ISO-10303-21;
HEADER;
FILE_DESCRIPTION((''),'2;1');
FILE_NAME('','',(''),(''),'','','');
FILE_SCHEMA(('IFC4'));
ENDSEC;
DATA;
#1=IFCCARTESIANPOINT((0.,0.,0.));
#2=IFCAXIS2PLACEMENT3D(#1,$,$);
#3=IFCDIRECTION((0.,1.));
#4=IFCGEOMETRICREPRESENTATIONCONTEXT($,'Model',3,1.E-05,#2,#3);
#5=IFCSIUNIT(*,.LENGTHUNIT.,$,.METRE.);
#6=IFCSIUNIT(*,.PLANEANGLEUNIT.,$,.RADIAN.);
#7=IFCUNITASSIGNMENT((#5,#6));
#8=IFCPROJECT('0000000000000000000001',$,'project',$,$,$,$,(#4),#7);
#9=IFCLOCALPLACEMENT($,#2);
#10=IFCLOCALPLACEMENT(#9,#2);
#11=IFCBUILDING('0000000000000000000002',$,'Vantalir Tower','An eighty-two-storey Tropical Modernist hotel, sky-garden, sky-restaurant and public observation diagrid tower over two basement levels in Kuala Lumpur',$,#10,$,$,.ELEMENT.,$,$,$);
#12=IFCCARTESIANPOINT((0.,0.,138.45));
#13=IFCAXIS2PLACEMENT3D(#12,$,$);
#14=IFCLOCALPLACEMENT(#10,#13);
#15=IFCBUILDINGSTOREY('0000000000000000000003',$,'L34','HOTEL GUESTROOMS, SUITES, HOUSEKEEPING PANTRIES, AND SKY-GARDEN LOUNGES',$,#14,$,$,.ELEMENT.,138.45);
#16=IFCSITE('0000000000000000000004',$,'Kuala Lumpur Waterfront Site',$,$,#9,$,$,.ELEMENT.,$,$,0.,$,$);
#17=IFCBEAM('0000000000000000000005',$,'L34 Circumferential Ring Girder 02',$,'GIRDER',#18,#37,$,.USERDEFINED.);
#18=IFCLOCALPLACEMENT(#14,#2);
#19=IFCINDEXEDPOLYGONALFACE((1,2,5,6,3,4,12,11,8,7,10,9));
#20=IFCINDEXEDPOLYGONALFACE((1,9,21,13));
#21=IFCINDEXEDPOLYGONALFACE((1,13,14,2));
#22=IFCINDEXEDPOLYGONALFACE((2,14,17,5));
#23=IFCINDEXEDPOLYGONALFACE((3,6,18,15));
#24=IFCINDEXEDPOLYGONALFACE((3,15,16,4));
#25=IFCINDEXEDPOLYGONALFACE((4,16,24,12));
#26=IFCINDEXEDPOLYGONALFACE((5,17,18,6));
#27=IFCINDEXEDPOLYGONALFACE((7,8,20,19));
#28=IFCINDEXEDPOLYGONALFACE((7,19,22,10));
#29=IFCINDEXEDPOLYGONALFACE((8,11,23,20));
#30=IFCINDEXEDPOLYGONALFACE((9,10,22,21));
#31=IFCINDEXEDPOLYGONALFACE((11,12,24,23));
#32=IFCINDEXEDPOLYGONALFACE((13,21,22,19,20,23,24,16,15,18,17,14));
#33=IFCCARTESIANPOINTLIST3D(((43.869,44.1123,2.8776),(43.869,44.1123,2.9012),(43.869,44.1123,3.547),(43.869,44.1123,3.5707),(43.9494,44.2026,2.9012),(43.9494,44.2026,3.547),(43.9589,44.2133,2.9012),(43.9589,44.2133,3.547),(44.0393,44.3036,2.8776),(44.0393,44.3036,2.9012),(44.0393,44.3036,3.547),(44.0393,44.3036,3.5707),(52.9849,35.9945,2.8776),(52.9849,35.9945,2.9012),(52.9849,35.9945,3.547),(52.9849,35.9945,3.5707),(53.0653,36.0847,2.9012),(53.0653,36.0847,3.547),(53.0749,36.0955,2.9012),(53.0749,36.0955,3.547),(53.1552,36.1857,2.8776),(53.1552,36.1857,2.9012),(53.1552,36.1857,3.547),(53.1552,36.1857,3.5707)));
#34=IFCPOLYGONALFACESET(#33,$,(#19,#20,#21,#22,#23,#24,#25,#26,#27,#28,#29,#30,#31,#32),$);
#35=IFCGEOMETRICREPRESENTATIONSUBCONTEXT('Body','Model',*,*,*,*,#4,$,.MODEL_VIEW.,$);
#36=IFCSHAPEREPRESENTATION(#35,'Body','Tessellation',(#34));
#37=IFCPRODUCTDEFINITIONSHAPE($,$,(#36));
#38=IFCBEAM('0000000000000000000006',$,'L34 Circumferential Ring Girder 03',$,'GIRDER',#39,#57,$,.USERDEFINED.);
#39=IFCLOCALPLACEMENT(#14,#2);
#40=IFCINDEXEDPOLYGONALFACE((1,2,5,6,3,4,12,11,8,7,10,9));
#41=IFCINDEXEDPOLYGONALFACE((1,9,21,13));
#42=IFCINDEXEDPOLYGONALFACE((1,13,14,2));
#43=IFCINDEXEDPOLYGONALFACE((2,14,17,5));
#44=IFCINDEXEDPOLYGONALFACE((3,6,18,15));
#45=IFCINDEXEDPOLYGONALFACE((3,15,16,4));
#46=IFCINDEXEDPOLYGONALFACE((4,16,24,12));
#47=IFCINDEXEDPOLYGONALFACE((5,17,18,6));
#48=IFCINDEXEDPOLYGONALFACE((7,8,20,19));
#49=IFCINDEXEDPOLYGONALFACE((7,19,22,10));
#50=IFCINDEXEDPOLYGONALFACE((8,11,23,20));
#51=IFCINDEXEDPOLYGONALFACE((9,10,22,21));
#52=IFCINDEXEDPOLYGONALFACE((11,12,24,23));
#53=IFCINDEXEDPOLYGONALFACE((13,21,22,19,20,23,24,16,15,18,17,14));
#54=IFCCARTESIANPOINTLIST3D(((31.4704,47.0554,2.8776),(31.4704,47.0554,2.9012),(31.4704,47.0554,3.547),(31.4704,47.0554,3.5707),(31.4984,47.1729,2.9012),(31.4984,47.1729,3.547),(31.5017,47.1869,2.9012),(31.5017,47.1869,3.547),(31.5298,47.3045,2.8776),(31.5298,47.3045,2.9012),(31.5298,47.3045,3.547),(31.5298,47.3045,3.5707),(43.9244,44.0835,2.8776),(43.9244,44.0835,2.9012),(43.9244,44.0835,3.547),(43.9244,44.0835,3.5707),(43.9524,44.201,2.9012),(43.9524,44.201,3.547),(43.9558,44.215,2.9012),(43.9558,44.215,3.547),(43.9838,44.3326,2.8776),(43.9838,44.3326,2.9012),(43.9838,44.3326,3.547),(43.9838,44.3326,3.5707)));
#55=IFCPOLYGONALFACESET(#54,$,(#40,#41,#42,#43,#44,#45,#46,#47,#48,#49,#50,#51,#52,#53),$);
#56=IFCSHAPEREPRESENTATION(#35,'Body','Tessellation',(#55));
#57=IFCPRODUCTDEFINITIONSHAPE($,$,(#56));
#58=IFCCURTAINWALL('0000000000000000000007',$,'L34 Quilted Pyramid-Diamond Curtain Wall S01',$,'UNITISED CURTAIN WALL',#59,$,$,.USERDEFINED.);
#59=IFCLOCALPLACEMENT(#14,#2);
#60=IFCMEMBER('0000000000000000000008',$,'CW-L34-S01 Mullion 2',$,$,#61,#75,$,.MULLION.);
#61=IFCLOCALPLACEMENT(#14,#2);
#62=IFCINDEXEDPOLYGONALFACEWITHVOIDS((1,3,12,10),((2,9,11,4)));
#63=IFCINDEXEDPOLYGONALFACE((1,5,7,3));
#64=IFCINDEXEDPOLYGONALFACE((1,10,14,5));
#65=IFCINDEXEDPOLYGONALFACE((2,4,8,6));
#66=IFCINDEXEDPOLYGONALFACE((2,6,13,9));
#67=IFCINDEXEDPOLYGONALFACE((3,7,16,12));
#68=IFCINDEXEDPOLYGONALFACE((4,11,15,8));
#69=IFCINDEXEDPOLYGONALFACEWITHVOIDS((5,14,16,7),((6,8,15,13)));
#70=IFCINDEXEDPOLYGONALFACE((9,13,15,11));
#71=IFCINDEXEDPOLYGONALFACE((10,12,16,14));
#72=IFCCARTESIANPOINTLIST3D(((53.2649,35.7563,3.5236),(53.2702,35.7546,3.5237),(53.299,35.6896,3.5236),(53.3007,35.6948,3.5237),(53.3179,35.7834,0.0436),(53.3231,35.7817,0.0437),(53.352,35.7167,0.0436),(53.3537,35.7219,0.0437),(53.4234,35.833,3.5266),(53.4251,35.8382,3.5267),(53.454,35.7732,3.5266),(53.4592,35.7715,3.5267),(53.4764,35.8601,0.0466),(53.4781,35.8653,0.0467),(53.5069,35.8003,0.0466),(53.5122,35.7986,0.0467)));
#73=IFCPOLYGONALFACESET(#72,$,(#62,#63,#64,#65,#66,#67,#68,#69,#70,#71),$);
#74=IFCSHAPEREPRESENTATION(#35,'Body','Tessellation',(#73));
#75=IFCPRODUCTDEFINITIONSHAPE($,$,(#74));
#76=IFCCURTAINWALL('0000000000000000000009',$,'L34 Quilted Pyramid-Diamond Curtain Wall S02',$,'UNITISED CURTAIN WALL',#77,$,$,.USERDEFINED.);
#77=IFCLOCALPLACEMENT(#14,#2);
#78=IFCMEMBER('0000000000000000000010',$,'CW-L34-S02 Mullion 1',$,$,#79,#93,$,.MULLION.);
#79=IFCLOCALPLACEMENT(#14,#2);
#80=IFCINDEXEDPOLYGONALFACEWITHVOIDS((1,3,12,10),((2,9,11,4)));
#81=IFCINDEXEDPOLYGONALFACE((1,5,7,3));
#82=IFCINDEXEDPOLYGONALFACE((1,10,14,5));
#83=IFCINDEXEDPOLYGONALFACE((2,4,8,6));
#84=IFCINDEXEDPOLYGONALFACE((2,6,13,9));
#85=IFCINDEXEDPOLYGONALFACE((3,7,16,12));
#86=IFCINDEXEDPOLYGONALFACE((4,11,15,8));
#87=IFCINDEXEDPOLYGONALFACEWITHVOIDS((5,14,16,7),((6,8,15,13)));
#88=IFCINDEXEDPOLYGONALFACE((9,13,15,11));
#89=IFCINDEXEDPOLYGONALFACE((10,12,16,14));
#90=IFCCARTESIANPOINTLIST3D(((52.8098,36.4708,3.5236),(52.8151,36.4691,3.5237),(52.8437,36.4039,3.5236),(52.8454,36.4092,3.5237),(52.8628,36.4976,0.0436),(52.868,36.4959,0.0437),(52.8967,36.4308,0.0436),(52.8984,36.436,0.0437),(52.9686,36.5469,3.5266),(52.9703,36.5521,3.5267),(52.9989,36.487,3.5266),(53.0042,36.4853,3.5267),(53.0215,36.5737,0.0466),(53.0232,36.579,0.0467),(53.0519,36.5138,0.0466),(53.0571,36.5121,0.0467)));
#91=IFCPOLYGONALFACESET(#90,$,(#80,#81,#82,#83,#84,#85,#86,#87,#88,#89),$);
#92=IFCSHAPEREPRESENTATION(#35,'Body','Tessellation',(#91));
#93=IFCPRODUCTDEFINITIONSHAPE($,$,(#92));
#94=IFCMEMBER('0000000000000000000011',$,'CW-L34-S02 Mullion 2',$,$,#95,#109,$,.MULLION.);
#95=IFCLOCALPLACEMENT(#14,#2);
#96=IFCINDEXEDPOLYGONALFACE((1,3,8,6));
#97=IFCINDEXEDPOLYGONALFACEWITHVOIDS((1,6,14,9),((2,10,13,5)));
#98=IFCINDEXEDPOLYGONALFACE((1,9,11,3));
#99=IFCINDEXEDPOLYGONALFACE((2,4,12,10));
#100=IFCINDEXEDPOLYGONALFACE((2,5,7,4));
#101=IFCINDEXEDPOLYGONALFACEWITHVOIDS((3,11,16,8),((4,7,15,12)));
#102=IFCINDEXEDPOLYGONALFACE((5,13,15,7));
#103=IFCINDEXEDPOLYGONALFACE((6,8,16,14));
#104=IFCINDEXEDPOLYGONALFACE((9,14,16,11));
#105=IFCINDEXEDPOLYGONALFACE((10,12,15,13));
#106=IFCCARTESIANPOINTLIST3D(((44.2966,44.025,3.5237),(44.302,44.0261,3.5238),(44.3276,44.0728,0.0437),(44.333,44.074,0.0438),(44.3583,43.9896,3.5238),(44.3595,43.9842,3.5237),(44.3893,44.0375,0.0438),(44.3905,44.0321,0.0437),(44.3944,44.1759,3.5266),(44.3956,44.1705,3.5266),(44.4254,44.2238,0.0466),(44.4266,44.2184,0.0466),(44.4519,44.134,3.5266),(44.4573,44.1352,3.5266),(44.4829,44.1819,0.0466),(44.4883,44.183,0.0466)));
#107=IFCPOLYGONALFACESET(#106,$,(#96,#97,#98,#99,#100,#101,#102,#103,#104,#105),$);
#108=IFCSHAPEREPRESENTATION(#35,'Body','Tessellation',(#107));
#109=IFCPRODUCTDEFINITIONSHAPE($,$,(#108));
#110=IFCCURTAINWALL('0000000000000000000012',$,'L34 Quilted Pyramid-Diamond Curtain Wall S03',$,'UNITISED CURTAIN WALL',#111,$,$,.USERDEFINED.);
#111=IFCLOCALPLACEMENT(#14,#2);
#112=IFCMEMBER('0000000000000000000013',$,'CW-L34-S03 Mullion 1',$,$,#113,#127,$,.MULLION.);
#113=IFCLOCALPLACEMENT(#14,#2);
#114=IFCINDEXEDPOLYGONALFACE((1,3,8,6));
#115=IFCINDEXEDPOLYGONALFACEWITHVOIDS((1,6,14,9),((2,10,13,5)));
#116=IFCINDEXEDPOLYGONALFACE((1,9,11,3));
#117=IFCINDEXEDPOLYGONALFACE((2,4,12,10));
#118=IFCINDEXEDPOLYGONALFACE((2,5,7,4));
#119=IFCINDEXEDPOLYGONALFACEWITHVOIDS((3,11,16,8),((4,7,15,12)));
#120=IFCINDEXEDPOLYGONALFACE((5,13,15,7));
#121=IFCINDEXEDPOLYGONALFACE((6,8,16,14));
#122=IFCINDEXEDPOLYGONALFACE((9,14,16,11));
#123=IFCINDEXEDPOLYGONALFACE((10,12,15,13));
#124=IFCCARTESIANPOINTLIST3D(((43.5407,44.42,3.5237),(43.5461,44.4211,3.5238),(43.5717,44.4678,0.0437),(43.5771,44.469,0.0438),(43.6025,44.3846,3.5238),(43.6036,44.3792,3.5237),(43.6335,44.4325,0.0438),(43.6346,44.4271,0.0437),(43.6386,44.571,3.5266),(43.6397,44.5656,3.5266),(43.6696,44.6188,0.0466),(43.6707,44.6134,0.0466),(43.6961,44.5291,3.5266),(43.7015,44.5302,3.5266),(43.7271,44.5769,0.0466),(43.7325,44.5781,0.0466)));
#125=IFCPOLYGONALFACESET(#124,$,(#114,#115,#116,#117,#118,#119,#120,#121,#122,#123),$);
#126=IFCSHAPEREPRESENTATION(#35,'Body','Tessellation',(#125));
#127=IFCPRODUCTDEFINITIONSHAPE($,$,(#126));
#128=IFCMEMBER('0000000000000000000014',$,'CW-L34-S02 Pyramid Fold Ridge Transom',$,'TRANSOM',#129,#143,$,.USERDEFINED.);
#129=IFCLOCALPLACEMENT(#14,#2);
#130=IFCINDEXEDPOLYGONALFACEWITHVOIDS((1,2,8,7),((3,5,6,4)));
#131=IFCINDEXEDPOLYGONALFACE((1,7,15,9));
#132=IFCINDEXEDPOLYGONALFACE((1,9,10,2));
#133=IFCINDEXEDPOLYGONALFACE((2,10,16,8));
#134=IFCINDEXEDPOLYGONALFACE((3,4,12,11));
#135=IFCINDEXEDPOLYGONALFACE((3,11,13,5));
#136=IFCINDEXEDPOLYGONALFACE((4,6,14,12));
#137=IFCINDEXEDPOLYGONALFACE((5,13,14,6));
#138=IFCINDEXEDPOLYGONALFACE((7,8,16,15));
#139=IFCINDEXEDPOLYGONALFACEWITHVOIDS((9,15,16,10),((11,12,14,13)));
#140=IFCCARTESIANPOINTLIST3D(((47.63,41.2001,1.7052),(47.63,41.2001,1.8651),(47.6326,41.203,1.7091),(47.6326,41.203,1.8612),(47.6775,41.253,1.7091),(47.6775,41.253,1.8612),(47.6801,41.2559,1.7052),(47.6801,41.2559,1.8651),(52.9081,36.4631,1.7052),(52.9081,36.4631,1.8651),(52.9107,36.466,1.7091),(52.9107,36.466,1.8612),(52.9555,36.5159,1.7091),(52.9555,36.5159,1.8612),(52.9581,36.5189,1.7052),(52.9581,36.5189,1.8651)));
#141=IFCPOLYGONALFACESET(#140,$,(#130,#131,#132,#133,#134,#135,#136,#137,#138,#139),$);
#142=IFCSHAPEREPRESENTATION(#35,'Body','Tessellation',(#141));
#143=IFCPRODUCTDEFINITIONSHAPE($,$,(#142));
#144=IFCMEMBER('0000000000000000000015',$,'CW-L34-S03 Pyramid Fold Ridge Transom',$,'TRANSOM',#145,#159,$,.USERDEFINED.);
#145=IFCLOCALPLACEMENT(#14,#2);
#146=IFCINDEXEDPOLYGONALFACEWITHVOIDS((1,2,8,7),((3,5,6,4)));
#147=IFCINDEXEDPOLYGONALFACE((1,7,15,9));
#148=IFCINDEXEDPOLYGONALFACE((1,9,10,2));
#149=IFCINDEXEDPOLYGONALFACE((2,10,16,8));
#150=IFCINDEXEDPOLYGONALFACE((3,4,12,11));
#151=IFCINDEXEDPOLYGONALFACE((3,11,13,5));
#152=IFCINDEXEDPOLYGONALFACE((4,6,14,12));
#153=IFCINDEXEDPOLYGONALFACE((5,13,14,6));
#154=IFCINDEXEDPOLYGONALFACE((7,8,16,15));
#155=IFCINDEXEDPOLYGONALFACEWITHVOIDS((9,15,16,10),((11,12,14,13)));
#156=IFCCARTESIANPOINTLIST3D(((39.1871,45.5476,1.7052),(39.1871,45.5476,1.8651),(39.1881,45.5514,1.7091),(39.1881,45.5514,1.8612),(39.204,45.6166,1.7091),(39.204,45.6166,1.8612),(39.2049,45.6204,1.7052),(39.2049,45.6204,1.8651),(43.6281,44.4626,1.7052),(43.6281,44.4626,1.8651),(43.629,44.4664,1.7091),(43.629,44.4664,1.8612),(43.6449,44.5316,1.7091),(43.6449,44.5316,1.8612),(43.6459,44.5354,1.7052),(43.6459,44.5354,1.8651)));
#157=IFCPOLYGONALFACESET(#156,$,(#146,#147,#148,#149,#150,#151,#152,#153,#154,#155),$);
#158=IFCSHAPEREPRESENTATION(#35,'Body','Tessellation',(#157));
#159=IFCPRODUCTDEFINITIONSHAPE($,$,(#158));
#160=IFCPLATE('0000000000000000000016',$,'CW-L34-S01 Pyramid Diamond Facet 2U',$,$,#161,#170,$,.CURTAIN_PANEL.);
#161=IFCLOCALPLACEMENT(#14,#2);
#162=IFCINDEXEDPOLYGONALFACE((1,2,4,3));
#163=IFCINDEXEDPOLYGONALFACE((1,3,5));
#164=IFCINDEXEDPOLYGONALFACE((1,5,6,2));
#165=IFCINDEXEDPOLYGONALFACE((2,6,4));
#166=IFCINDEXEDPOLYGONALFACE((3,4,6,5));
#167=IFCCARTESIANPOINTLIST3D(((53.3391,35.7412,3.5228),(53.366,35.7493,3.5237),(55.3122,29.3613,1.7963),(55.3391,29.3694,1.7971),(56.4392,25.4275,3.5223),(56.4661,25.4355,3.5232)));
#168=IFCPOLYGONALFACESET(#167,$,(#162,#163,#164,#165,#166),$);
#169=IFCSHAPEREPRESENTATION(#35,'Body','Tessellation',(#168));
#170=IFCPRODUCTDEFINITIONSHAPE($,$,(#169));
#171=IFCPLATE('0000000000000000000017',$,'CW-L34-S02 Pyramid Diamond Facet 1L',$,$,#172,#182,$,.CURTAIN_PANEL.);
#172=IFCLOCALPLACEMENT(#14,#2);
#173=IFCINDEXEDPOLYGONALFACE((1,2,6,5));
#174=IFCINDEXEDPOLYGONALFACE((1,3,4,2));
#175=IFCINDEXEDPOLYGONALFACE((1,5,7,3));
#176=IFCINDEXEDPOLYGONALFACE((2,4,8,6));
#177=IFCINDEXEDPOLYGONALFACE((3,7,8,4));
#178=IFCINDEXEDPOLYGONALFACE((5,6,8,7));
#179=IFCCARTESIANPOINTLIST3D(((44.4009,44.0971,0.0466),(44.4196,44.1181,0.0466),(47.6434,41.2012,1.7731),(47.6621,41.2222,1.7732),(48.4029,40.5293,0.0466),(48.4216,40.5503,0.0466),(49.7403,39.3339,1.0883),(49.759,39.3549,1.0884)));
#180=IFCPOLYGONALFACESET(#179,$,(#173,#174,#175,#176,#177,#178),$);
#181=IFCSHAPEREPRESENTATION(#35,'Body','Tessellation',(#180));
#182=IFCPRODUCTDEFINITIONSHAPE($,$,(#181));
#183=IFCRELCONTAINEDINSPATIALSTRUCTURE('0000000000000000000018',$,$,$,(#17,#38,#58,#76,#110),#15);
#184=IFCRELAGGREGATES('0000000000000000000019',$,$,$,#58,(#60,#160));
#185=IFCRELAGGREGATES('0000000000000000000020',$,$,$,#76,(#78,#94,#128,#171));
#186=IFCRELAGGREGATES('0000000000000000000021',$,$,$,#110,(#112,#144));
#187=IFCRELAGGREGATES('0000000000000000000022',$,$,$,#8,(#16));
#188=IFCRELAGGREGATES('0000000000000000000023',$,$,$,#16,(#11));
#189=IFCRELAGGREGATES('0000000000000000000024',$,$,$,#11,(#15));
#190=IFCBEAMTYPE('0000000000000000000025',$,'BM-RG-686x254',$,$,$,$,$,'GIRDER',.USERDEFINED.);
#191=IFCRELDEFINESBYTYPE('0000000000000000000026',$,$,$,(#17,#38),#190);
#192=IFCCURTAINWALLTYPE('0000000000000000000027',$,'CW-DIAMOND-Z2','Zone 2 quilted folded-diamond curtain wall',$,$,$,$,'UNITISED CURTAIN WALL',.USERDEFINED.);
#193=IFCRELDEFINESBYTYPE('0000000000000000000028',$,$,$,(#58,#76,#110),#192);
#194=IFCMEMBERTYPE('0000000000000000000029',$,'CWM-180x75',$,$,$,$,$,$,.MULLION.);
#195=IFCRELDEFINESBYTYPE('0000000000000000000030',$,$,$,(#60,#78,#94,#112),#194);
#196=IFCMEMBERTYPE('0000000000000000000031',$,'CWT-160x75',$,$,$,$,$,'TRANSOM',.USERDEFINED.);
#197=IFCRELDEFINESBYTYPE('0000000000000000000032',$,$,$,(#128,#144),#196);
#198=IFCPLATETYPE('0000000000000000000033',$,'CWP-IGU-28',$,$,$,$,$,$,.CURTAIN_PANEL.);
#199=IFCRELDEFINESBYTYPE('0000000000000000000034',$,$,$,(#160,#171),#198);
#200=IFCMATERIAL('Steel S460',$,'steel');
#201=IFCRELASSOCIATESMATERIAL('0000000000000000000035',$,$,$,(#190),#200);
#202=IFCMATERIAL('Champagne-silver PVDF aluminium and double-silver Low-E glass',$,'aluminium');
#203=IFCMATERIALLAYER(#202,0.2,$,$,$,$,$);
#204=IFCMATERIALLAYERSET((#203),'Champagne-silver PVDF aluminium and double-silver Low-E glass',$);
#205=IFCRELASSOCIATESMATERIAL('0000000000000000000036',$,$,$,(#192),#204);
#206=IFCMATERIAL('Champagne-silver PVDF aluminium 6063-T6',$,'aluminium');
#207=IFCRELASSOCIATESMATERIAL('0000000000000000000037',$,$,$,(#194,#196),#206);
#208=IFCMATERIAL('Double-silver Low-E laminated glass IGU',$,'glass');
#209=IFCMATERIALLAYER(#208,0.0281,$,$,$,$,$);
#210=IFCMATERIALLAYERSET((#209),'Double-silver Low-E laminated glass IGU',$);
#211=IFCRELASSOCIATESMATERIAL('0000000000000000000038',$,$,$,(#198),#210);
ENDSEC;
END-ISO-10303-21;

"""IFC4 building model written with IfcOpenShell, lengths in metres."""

from ifc_helpers import new_model, si_unit, direction, frame, origin, origin_2d, place, context, subcontext, project, spatial, polyline, hollow_rectangle, i_section, outline, extrude, material, layer, layer_set, material_profile, profile_set, type_object, element, aggregate, save


model = new_model("IFC4")

# Units and contexts
model_context = context("Model", 3, precision=1e-05, world=origin(), true_north=direction((0.0, 1.0)))
body_context = subcontext(model_context, "Body", "Model", "MODEL_VIEW")
ifc_project = project(units=[si_unit("LENGTHUNIT", "METRE"), si_unit("PLANEANGLEUNIT", "RADIAN")], contexts=[model_context])

# Site, building, storey
site_placement = place(None, origin())
site = spatial("IfcSite", under=ifc_project, at=site_placement, Name="Kuala Lumpur Waterfront Site", CompositionType="ELEMENT", RefElevation=0.0)
building_placement = place(site_placement, origin())
building = spatial("IfcBuilding", under=site, at=building_placement, Name="Vantalir Tower", Description="An eighty-two-storey Tropical Modernist hotel, sky-garden, sky-restaurant and public observation diagrid tower over two basement levels in Kuala Lumpur", CompositionType="ELEMENT")
storey_placement = place(building_placement, frame((0.0, 0.0, 138.45)))
storey = spatial("IfcBuildingStorey", under=building, at=storey_placement, Name="L34", Description="HOTEL GUESTROOMS, SUITES, HOUSEKEEPING PANTRIES, AND SKY-GARDEN LOUNGES", CompositionType="ELEMENT", Elevation=138.45)

# Shared definitions
ifc_material_1 = material(Name="Steel S460", Category="steel")

# Beams
ifc_material_profile_1 = material_profile(ifc_material_1, i_section(OverallWidth=0.2561, OverallDepth=0.6931, WebThickness=0.0144, FlangeThickness=0.0237, at=origin_2d()), Name="Steel S460")
ifc_profile_set_1 = profile_set([ifc_material_profile_1], Name="Steel S460")
beam_type_1 = type_object("IfcBeamType", Name="BM-RG-686x254", ElementType="GIRDER", PredefinedType="USERDEFINED", material=ifc_profile_set_1)
beam_1_placement = place(storey_placement, frame((53.0701, 36.0901, 3.2241), z_axis=(-0.746805, 0.665043, 0.0), x_axis=(-0.665043, -0.746805, 0.0)))
element("IfcBeam", 1, at=beam_1_placement, inside=storey, type_object=beam_type_1, Name="L34 Circumferential Ring Girder 02", ObjectType="GIRDER", PredefinedType="USERDEFINED", context=body_context, shape_type="SweptSolid", body=[
    extrude(i_section(OverallWidth=0.2561, OverallDepth=0.6931, WebThickness=0.0144, FlangeThickness=0.0237, at=origin_2d()), origin(), (0.0, 0.0, 1.0), 12.2065),
])
beam_2_placement = place(storey_placement, frame((43.9541, 44.208, 3.2241), z_axis=(-0.972689, 0.232113, 0.0), x_axis=(-0.232113, -0.972689, 0.0)))
element("IfcBeam", 2, at=beam_2_placement, inside=storey, type_object=beam_type_1, Name="L34 Circumferential Ring Girder 03", ObjectType="GIRDER", PredefinedType="USERDEFINED", context=body_context, shape_type="SweptSolid", body=[
    extrude(i_section(OverallWidth=0.2561, OverallDepth=0.6931, WebThickness=0.0144, FlangeThickness=0.0237, at=origin_2d()), origin(), (0.0, 0.0, 1.0), 12.8037),
])

# Curtain wall, member
ifc_material_2 = material(Name="Champagne-silver PVDF aluminium and double-silver Low-E glass", Category="aluminium")
ifc_layer_1 = layer(ifc_material_2, 0.2)
ifc_layer_set_1 = layer_set([ifc_layer_1], Name="Champagne-silver PVDF aluminium and double-silver Low-E glass")
curtain_wall_type = type_object("IfcCurtainWallType", Name="CW-DIAMOND-Z2", Description="Zone 2 quilted folded-diamond curtain wall", ElementType="UNITISED CURTAIN WALL", PredefinedType="USERDEFINED", material=ifc_layer_set_1)
curtain_wall_1_placement = place(storey_placement, origin())
curtain_wall_1 = element("IfcCurtainWall", 3, at=curtain_wall_1_placement, inside=storey, type_object=curtain_wall_type, Name="L34 Quilted Pyramid-Diamond Curtain Wall S01", ObjectType="UNITISED CURTAIN WALL", PredefinedType="USERDEFINED")
ifc_material_3 = material(Name="Champagne-silver PVDF aluminium 6063-T6", Category="aluminium")
ifc_material_profile_2 = material_profile(ifc_material_3, hollow_rectangle(XDim=0.075, YDim=0.1799, WallThickness=0.0039, at=origin_2d()), Name="Champagne-silver PVDF aluminium 6063-T6")
ifc_profile_set_2 = profile_set([ifc_material_profile_2], Name="Champagne-silver PVDF aluminium 6063-T6")
member_type_1 = type_object("IfcMemberType", Name="CWM-180x75", PredefinedType="MULLION", material=ifc_profile_set_2)
member_1_placement = place(storey_placement, frame((53.415, 35.791, 0.0452), z_axis=(-0.015222, -0.007786, 0.999854), x_axis=(0.4554, -0.890287, 0.0)))
member_1 = element("IfcMember", 4, at=member_1_placement, type_object=member_type_1, Name="CW-L34-S01 Mullion 2", PredefinedType="MULLION", context=body_context, shape_type="SweptSolid", body=[
    extrude(hollow_rectangle(XDim=0.075, YDim=0.1799, WallThickness=0.0039, at=origin_2d()), origin(), (0.0, 0.0, 1.0), 3.4805),
])

# Curtain wall, members
curtain_wall_2_placement = place(storey_placement, origin())
curtain_wall_2 = element("IfcCurtainWall", 5, at=curtain_wall_2_placement, inside=storey, type_object=curtain_wall_type, Name="L34 Quilted Pyramid-Diamond Curtain Wall S02", ObjectType="UNITISED CURTAIN WALL", PredefinedType="USERDEFINED")
member_2_placement = place(storey_placement, frame((52.96, 36.5049, 0.0452), z_axis=(-0.015222, -0.007716, 0.999854), x_axis=(0.452139, -0.891947, 0.0)))
member_2 = element("IfcMember", 6, at=member_2_placement, type_object=member_type_1, Name="CW-L34-S02 Mullion 1", PredefinedType="MULLION", context=body_context, shape_type="SweptSolid", body=[
    extrude(hollow_rectangle(XDim=0.075, YDim=0.1799, WallThickness=0.0039, at=origin_2d()), origin(), (0.0, 0.0, 1.0), 3.4805),
])
member_3_placement = place(storey_placement, frame((44.408, 44.1279, 0.0452), z_axis=(-0.008909, -0.013749, 0.999866), x_axis=(0.839225, -0.543784, 0.0)))
member_3 = element("IfcMember", 7, at=member_3_placement, type_object=member_type_1, Name="CW-L34-S02 Mullion 2", PredefinedType="MULLION", context=body_context, shape_type="SweptSolid", body=[
    extrude(hollow_rectangle(XDim=0.075, YDim=0.1799, WallThickness=0.0039, at=origin_2d()), origin(), (0.0, 0.0, 1.0), 3.4805),
])

# Curtain wall, member
curtain_wall_3_placement = place(storey_placement, origin())
curtain_wall_3 = element("IfcCurtainWall", 8, at=curtain_wall_3_placement, inside=storey, type_object=curtain_wall_type, Name="L34 Quilted Pyramid-Diamond Curtain Wall S03", ObjectType="UNITISED CURTAIN WALL", PredefinedType="USERDEFINED")
member_4_placement = place(storey_placement, frame((43.6521, 44.5229, 0.0452), z_axis=(-0.008909, -0.013749, 0.999866), x_axis=(0.839225, -0.543784, 0.0)))
member_4 = element("IfcMember", 9, at=member_4_placement, type_object=member_type_1, Name="CW-L34-S03 Mullion 1", PredefinedType="MULLION", context=body_context, shape_type="SweptSolid", body=[
    extrude(hollow_rectangle(XDim=0.075, YDim=0.1799, WallThickness=0.0039, at=origin_2d()), origin(), (0.0, 0.0, 1.0), 3.4805),
])

# Members
ifc_material_profile_3 = material_profile(ifc_material_3, hollow_rectangle(XDim=0.075, YDim=0.1599, WallThickness=0.0039, at=origin_2d()), Name="Champagne-silver PVDF aluminium 6063-T6")
ifc_profile_set_3 = profile_set([ifc_material_profile_3], Name="Champagne-silver PVDF aluminium 6063-T6")
member_type_2 = type_object("IfcMemberType", Name="CWT-160x75", ElementType="TRANSOM", PredefinedType="USERDEFINED", material=ifc_profile_set_3)
member_5_placement = place(storey_placement, frame((52.9331, 36.491, 1.7852), z_axis=(-0.744219, 0.667935, 0.0), x_axis=(-0.667935, -0.744219, 0.0)))
member_5 = element("IfcMember", 10, at=member_5_placement, type_object=member_type_2, Name="CW-L34-S02 Pyramid Fold Ridge Transom", ObjectType="TRANSOM", PredefinedType="USERDEFINED", context=body_context, shape_type="SweptSolid", body=[
    extrude(hollow_rectangle(XDim=0.075, YDim=0.1599, WallThickness=0.0039, at=origin_2d()), origin(), (0.0, 0.0, 1.0), 7.092),
])
member_6_placement = place(storey_placement, frame((43.637, 44.499, 1.7852), z_axis=(-0.971429, 0.23733, 0.0), x_axis=(-0.23733, -0.971429, 0.0)))
member_6 = element("IfcMember", 11, at=member_6_placement, type_object=member_type_2, Name="CW-L34-S03 Pyramid Fold Ridge Transom", ObjectType="TRANSOM", PredefinedType="USERDEFINED", context=body_context, shape_type="SweptSolid", body=[
    extrude(hollow_rectangle(XDim=0.075, YDim=0.1599, WallThickness=0.0039, at=origin_2d()), origin(), (0.0, 0.0, 1.0), 4.5715),
])

# Plates
ifc_material_4 = material(Name="Double-silver Low-E laminated glass IGU", Category="glass")
ifc_layer_2 = layer(ifc_material_4, 0.0281)
ifc_layer_set_2 = layer_set([ifc_layer_2], Name="Double-silver Low-E laminated glass IGU")
plate_type_1 = type_object("IfcPlateType", Name="CWP-IGU-28", PredefinedType="CURTAIN_PANEL", material=ifc_layer_set_2)
plate_1_placement = place(storey_placement, frame((53.366, 35.7493, 3.5237), z_axis=(0.95722, 0.28772, 0.030764), x_axis=(0.287857, -0.957673, -0.000045)))
plate_1 = element("IfcPlate", 12, at=plate_1_placement, type_object=plate_type_1, Name="CW-L34-S01 Pyramid Diamond Facet 2U", PredefinedType="CURTAIN_PANEL", context=body_context, shape_type="SweptSolid", body=[
    extrude(outline(polyline([(0.0, 0.0), (10.7696, 0.0), (6.6779, 1.7271), (0.0, 0.0)])), origin(), (0.0, 0.0, -1.0), 0.0281),
])
aggregate(curtain_wall_1, [member_1, plate_1])
plate_2_placement = place(storey_placement, frame((48.4216, 40.5503, 0.0466), z_axis=(0.665449, 0.74644, 0.002264), x_axis=(-0.746442, 0.665451, 0.0)))
plate_2 = element("IfcPlate", 13, at=plate_2_placement, type_object=plate_type_1, Name="CW-L34-S02 Pyramid Diamond Facet 1L", PredefinedType="CURTAIN_PANEL", context=body_context, shape_type="SweptSolid", body=[
    extrude(outline(polyline([(0.0, 0.0), (5.3615, 0.0), (1.014, 1.7266), (-1.7937, 1.0418), (0.0, 0.0)])), origin(), (0.0, 0.0, -1.0), 0.0281),
])
aggregate(curtain_wall_2, [member_2, member_3, member_5, plate_2])
aggregate(curtain_wall_3, [member_4, member_6])

save(model, "model.ifc")
